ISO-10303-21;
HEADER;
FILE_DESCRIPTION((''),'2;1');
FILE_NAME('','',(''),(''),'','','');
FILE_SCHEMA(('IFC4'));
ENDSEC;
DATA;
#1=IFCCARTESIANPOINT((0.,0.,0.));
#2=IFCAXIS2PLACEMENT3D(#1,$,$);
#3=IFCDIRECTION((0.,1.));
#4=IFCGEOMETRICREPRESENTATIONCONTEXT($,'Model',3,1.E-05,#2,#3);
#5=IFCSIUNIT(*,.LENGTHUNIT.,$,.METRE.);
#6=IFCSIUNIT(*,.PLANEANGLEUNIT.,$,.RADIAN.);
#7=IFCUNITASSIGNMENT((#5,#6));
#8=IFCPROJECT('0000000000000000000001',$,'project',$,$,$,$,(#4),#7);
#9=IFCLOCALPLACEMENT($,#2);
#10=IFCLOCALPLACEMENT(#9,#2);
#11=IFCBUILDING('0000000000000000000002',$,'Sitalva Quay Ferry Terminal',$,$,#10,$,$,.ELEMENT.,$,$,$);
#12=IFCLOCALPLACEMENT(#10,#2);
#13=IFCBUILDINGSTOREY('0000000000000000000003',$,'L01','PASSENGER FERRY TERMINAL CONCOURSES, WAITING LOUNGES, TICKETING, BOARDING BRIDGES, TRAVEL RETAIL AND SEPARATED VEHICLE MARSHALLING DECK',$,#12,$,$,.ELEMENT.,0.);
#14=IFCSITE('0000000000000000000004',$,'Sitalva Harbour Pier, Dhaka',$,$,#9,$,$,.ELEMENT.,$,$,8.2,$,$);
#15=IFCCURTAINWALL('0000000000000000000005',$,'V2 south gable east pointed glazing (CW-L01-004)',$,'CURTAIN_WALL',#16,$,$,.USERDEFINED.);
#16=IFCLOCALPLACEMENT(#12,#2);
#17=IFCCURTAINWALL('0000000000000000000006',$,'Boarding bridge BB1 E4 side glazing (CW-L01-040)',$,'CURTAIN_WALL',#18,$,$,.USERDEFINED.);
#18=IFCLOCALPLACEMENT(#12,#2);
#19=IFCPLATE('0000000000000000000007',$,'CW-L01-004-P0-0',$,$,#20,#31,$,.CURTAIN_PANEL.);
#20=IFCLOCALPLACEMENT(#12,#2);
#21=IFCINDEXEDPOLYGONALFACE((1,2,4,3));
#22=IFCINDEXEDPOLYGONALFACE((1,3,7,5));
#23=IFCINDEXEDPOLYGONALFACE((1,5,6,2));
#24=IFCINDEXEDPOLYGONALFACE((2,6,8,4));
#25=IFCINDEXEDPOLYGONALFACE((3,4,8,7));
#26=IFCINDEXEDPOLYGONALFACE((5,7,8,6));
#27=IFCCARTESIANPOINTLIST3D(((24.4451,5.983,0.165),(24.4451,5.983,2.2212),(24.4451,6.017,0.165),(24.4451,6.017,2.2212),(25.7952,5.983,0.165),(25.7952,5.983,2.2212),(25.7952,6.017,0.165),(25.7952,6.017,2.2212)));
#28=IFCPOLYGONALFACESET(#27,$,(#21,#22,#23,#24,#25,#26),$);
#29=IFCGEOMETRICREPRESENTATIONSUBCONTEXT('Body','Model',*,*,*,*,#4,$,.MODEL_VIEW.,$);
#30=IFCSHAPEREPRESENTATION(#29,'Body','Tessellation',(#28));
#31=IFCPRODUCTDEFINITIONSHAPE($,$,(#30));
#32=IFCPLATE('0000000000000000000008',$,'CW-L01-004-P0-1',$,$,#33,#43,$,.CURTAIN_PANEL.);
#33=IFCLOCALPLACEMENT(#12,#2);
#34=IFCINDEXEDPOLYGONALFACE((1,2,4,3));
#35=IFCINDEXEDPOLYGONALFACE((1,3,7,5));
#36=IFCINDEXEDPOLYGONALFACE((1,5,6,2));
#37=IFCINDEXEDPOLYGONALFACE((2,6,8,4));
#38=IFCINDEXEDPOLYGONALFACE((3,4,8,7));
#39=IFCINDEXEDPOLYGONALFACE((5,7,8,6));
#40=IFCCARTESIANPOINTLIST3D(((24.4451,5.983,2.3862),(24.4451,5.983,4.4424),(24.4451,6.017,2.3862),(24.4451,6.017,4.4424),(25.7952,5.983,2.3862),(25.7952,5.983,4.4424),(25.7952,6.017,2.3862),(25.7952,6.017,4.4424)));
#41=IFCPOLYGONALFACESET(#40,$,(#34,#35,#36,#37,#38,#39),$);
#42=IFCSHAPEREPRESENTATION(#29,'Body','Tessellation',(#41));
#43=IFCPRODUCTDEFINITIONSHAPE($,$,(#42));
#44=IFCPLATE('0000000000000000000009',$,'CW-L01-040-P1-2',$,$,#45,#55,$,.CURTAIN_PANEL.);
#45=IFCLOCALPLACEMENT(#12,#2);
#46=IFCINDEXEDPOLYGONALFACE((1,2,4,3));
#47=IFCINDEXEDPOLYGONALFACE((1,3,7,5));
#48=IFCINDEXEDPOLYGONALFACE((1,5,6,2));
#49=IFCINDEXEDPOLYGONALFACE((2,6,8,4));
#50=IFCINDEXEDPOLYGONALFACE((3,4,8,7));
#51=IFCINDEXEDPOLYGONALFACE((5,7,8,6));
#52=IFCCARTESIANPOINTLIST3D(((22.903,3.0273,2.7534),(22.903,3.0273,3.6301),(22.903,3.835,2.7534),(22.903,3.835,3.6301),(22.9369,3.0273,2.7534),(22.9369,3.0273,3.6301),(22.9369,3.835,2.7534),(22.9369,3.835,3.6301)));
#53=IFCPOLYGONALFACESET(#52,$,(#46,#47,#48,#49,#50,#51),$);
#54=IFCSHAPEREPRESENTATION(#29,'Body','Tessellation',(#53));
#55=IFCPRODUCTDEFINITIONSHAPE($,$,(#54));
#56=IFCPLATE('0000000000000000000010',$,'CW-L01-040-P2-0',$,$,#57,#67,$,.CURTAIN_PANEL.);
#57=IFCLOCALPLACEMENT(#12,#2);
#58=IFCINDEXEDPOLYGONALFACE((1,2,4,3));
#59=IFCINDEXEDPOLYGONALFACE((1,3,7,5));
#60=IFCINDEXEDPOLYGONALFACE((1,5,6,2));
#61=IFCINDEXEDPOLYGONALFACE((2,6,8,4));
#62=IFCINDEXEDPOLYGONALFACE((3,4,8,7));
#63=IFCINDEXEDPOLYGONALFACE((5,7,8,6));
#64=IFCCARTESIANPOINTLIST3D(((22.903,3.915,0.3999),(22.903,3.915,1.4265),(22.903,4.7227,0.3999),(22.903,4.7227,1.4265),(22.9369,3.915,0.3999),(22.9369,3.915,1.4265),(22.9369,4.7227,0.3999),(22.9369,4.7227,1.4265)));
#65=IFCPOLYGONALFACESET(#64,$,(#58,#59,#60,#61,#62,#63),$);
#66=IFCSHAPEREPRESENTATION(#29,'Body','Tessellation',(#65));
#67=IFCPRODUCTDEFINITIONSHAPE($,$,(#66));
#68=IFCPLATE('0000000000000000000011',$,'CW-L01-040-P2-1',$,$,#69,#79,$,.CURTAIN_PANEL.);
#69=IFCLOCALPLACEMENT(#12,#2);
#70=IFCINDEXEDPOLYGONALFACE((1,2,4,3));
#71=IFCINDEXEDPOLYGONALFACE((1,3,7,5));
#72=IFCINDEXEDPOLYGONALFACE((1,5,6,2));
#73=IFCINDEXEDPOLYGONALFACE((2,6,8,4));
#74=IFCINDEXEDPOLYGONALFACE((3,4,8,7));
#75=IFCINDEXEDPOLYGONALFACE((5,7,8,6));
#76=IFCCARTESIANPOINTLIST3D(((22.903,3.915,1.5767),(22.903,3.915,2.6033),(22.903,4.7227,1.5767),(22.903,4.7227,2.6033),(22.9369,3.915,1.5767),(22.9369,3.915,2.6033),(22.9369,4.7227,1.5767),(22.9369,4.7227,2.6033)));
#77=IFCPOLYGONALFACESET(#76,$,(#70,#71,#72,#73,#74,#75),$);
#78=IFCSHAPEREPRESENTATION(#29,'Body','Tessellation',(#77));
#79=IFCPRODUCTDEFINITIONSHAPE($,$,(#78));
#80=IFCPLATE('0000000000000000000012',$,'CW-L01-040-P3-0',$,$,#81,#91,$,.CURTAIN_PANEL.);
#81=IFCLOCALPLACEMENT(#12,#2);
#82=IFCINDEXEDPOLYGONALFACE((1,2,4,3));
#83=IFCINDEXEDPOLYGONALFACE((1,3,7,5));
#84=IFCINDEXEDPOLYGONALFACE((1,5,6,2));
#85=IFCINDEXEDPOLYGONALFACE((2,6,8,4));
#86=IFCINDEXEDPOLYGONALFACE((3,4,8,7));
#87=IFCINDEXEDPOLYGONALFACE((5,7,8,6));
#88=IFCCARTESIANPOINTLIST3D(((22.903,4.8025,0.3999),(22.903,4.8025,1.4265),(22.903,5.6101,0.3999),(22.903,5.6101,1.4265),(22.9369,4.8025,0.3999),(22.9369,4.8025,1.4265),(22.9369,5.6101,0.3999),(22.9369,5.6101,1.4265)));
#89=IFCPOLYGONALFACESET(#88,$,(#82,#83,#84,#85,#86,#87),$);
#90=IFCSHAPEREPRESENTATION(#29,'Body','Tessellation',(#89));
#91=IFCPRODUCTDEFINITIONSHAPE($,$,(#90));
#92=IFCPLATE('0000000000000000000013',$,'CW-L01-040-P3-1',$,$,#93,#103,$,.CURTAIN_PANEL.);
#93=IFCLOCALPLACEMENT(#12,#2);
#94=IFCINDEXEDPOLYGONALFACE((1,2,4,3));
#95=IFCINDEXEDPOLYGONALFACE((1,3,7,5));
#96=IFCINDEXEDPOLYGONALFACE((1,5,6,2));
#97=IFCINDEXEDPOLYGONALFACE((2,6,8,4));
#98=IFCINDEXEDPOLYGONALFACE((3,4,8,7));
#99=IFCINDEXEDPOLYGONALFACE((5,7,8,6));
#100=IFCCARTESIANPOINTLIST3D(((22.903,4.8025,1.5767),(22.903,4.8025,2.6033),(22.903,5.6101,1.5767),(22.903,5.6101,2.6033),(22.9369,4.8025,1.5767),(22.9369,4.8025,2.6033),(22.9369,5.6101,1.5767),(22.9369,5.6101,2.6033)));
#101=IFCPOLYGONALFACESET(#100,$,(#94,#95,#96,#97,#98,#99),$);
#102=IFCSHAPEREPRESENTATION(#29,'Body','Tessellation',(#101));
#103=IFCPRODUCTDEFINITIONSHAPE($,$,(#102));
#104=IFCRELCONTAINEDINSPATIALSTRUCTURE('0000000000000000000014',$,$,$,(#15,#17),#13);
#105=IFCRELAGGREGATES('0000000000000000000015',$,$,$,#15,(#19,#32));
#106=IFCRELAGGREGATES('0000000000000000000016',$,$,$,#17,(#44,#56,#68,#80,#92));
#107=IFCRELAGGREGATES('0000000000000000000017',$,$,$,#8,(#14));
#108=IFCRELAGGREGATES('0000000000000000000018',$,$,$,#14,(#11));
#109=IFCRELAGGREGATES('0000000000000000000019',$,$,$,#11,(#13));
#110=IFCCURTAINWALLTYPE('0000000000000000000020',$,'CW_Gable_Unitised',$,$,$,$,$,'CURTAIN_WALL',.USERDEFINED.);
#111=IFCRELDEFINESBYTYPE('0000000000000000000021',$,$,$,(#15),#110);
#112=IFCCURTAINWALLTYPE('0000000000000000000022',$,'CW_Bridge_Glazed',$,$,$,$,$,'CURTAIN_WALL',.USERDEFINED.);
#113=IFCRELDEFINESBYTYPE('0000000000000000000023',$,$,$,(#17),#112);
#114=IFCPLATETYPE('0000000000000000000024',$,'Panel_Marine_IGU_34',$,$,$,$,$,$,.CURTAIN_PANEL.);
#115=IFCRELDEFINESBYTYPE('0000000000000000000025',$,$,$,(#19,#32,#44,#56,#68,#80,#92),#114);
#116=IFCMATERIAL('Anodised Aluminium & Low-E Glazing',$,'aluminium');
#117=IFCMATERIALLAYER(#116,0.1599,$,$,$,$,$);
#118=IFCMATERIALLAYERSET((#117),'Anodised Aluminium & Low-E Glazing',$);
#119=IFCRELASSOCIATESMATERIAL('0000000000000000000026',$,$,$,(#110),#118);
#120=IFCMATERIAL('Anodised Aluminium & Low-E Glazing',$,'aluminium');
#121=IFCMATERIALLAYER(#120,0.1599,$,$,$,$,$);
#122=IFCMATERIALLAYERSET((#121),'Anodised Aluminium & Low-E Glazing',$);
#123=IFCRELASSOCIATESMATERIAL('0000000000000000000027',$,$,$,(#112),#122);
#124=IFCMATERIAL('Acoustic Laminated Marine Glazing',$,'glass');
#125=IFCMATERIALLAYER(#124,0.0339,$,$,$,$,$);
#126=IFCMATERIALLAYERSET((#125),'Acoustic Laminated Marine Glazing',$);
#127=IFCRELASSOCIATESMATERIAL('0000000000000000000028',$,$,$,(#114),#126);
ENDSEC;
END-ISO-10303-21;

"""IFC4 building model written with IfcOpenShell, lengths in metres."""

from ifc_helpers import new_model, si_unit, direction, frame, origin, origin_2d, place, context, subcontext, project, spatial, rectangle, extrude, material, layer, layer_set, type_object, element, aggregate, save


model = new_model("IFC4")

# Units and contexts
model_context = context("Model", 3, precision=1e-05, world=origin(), true_north=direction((0.0, 1.0)))
body_context = subcontext(model_context, "Body", "Model", "MODEL_VIEW")
ifc_project = project(units=[si_unit("LENGTHUNIT", "METRE"), si_unit("PLANEANGLEUNIT", "RADIAN")], contexts=[model_context])

# Site, building, storey
site_placement = place(None, origin())
site = spatial("IfcSite", under=ifc_project, at=site_placement, Name="Sitalva Harbour Pier, Dhaka", CompositionType="ELEMENT", RefElevation=8.2)
building_placement = place(site_placement, origin())
building = spatial("IfcBuilding", under=site, at=building_placement, Name="Sitalva Quay Ferry Terminal", CompositionType="ELEMENT")
storey_placement = place(building_placement, origin())
storey = spatial("IfcBuildingStorey", under=building, at=storey_placement, Name="L01", Description="PASSENGER FERRY TERMINAL CONCOURSES, WAITING LOUNGES, TICKETING, BOARDING BRIDGES, TRAVEL RETAIL AND SEPARATED VEHICLE MARSHALLING DECK", CompositionType="ELEMENT", Elevation=0.0)

# Curtain wall
ifc_material_1 = material(Name="Anodised Aluminium & Low-E Glazing", Category="aluminium")
ifc_layer_1 = layer(ifc_material_1, 0.1599)
ifc_layer_set_1 = layer_set([ifc_layer_1], Name="Anodised Aluminium & Low-E Glazing")
curtain_wall_type_1 = type_object("IfcCurtainWallType", Name="CW_Gable_Unitised", ElementType="CURTAIN_WALL", PredefinedType="USERDEFINED", material=ifc_layer_set_1)
curtain_wall_1_placement = place(storey_placement, origin())
curtain_wall_1 = element("IfcCurtainWall", 1, at=curtain_wall_1_placement, inside=storey, type_object=curtain_wall_type_1, Name="V2 south gable east pointed glazing (CW-L01-004)", ObjectType="CURTAIN_WALL", PredefinedType="USERDEFINED")

# Curtain wall
ifc_material_2 = material(Name="Anodised Aluminium & Low-E Glazing", Category="aluminium")
ifc_layer_2 = layer(ifc_material_2, 0.1599)
ifc_layer_set_2 = layer_set([ifc_layer_2], Name="Anodised Aluminium & Low-E Glazing")
curtain_wall_type_2 = type_object("IfcCurtainWallType", Name="CW_Bridge_Glazed", ElementType="CURTAIN_WALL", PredefinedType="USERDEFINED", material=ifc_layer_set_2)
curtain_wall_2_placement = place(storey_placement, origin())
curtain_wall_2 = element("IfcCurtainWall", 2, at=curtain_wall_2_placement, inside=storey, type_object=curtain_wall_type_2, Name="Boarding bridge BB1 E4 side glazing (CW-L01-040)", ObjectType="CURTAIN_WALL", PredefinedType="USERDEFINED")

# Plates
ifc_material_3 = material(Name="Acoustic Laminated Marine Glazing", Category="glass")
ifc_layer_3 = layer(ifc_material_3, 0.0339)
ifc_layer_set_3 = layer_set([ifc_layer_3], Name="Acoustic Laminated Marine Glazing")
plate_type_1 = type_object("IfcPlateType", Name="Panel_Marine_IGU_34", PredefinedType="CURTAIN_PANEL", material=ifc_layer_set_3)
plate_1_placement = place(storey_placement, frame((25.1201, 6.0, 0.165), z_axis=(0.0, 0.0, 1.0), x_axis=(1.0, 0.0, 0.0)))
plate_1 = element("IfcPlate", 3, at=plate_1_placement, type_object=plate_type_1, Name="CW-L01-004-P0-0", PredefinedType="CURTAIN_PANEL", context=body_context, shape_type="SweptSolid", body=[
    extrude(rectangle(XDim=1.3501, YDim=0.0339, at=origin_2d()), origin(), (0.0, 0.0, 1.0), 2.0562),
])
plate_2_placement = place(storey_placement, frame((25.1201, 6.0, 2.3862), z_axis=(0.0, 0.0, 1.0), x_axis=(1.0, 0.0, 0.0)))
plate_2 = element("IfcPlate", 4, at=plate_2_placement, type_object=plate_type_1, Name="CW-L01-004-P0-1", PredefinedType="CURTAIN_PANEL", context=body_context, shape_type="SweptSolid", body=[
    extrude(rectangle(XDim=1.3501, YDim=0.0339, at=origin_2d()), origin(), (0.0, 0.0, 1.0), 2.0562),
])
aggregate(curtain_wall_1, [plate_1, plate_2])
plate_3_placement = place(storey_placement, frame((22.9199, 3.4312, 2.7534), z_axis=(0.0, 0.0, 1.0), x_axis=(0.0, 1.0, 0.0)))
plate_3 = element("IfcPlate", 5, at=plate_3_placement, type_object=plate_type_1, Name="CW-L01-040-P1-2", PredefinedType="CURTAIN_PANEL", context=body_context, shape_type="SweptSolid", body=[
    extrude(rectangle(XDim=0.8076, YDim=0.0339, at=origin_2d()), origin(), (0.0, 0.0, 1.0), 0.8767),
])
plate_4_placement = place(storey_placement, frame((22.9199, 4.3188, 0.3999), z_axis=(0.0, 0.0, 1.0), x_axis=(0.0, 1.0, 0.0)))
plate_4 = element("IfcPlate", 6, at=plate_4_placement, type_object=plate_type_1, Name="CW-L01-040-P2-0", PredefinedType="CURTAIN_PANEL", context=body_context, shape_type="SweptSolid", body=[
    extrude(rectangle(XDim=0.8076, YDim=0.0339, at=origin_2d()), origin(), (0.0, 0.0, 1.0), 1.0266),
])
plate_5_placement = place(storey_placement, frame((22.9199, 4.3188, 1.5767), z_axis=(0.0, 0.0, 1.0), x_axis=(0.0, 1.0, 0.0)))
plate_5 = element("IfcPlate", 7, at=plate_5_placement, type_object=plate_type_1, Name="CW-L01-040-P2-1", PredefinedType="CURTAIN_PANEL", context=body_context, shape_type="SweptSolid", body=[
    extrude(rectangle(XDim=0.8076, YDim=0.0339, at=origin_2d()), origin(), (0.0, 0.0, 1.0), 1.0266),
])
plate_6_placement = place(storey_placement, frame((22.9199, 5.2063, 0.3999), z_axis=(0.0, 0.0, 1.0), x_axis=(0.0, 1.0, 0.0)))
plate_6 = element("IfcPlate", 8, at=plate_6_placement, type_object=plate_type_1, Name="CW-L01-040-P3-0", PredefinedType="CURTAIN_PANEL", context=body_context, shape_type="SweptSolid", body=[
    extrude(rectangle(XDim=0.8076, YDim=0.0339, at=origin_2d()), origin(), (0.0, 0.0, 1.0), 1.0266),
])
plate_7_placement = place(storey_placement, frame((22.9199, 5.2063, 1.5767), z_axis=(0.0, 0.0, 1.0), x_axis=(0.0, 1.0, 0.0)))
plate_7 = element("IfcPlate", 9, at=plate_7_placement, type_object=plate_type_1, Name="CW-L01-040-P3-1", PredefinedType="CURTAIN_PANEL", context=body_context, shape_type="SweptSolid", body=[
    extrude(rectangle(XDim=0.8076, YDim=0.0339, at=origin_2d()), origin(), (0.0, 0.0, 1.0), 1.0266),
])
aggregate(curtain_wall_2, [plate_3, plate_4, plate_5, plate_6, plate_7])

save(model, "model.ifc")
